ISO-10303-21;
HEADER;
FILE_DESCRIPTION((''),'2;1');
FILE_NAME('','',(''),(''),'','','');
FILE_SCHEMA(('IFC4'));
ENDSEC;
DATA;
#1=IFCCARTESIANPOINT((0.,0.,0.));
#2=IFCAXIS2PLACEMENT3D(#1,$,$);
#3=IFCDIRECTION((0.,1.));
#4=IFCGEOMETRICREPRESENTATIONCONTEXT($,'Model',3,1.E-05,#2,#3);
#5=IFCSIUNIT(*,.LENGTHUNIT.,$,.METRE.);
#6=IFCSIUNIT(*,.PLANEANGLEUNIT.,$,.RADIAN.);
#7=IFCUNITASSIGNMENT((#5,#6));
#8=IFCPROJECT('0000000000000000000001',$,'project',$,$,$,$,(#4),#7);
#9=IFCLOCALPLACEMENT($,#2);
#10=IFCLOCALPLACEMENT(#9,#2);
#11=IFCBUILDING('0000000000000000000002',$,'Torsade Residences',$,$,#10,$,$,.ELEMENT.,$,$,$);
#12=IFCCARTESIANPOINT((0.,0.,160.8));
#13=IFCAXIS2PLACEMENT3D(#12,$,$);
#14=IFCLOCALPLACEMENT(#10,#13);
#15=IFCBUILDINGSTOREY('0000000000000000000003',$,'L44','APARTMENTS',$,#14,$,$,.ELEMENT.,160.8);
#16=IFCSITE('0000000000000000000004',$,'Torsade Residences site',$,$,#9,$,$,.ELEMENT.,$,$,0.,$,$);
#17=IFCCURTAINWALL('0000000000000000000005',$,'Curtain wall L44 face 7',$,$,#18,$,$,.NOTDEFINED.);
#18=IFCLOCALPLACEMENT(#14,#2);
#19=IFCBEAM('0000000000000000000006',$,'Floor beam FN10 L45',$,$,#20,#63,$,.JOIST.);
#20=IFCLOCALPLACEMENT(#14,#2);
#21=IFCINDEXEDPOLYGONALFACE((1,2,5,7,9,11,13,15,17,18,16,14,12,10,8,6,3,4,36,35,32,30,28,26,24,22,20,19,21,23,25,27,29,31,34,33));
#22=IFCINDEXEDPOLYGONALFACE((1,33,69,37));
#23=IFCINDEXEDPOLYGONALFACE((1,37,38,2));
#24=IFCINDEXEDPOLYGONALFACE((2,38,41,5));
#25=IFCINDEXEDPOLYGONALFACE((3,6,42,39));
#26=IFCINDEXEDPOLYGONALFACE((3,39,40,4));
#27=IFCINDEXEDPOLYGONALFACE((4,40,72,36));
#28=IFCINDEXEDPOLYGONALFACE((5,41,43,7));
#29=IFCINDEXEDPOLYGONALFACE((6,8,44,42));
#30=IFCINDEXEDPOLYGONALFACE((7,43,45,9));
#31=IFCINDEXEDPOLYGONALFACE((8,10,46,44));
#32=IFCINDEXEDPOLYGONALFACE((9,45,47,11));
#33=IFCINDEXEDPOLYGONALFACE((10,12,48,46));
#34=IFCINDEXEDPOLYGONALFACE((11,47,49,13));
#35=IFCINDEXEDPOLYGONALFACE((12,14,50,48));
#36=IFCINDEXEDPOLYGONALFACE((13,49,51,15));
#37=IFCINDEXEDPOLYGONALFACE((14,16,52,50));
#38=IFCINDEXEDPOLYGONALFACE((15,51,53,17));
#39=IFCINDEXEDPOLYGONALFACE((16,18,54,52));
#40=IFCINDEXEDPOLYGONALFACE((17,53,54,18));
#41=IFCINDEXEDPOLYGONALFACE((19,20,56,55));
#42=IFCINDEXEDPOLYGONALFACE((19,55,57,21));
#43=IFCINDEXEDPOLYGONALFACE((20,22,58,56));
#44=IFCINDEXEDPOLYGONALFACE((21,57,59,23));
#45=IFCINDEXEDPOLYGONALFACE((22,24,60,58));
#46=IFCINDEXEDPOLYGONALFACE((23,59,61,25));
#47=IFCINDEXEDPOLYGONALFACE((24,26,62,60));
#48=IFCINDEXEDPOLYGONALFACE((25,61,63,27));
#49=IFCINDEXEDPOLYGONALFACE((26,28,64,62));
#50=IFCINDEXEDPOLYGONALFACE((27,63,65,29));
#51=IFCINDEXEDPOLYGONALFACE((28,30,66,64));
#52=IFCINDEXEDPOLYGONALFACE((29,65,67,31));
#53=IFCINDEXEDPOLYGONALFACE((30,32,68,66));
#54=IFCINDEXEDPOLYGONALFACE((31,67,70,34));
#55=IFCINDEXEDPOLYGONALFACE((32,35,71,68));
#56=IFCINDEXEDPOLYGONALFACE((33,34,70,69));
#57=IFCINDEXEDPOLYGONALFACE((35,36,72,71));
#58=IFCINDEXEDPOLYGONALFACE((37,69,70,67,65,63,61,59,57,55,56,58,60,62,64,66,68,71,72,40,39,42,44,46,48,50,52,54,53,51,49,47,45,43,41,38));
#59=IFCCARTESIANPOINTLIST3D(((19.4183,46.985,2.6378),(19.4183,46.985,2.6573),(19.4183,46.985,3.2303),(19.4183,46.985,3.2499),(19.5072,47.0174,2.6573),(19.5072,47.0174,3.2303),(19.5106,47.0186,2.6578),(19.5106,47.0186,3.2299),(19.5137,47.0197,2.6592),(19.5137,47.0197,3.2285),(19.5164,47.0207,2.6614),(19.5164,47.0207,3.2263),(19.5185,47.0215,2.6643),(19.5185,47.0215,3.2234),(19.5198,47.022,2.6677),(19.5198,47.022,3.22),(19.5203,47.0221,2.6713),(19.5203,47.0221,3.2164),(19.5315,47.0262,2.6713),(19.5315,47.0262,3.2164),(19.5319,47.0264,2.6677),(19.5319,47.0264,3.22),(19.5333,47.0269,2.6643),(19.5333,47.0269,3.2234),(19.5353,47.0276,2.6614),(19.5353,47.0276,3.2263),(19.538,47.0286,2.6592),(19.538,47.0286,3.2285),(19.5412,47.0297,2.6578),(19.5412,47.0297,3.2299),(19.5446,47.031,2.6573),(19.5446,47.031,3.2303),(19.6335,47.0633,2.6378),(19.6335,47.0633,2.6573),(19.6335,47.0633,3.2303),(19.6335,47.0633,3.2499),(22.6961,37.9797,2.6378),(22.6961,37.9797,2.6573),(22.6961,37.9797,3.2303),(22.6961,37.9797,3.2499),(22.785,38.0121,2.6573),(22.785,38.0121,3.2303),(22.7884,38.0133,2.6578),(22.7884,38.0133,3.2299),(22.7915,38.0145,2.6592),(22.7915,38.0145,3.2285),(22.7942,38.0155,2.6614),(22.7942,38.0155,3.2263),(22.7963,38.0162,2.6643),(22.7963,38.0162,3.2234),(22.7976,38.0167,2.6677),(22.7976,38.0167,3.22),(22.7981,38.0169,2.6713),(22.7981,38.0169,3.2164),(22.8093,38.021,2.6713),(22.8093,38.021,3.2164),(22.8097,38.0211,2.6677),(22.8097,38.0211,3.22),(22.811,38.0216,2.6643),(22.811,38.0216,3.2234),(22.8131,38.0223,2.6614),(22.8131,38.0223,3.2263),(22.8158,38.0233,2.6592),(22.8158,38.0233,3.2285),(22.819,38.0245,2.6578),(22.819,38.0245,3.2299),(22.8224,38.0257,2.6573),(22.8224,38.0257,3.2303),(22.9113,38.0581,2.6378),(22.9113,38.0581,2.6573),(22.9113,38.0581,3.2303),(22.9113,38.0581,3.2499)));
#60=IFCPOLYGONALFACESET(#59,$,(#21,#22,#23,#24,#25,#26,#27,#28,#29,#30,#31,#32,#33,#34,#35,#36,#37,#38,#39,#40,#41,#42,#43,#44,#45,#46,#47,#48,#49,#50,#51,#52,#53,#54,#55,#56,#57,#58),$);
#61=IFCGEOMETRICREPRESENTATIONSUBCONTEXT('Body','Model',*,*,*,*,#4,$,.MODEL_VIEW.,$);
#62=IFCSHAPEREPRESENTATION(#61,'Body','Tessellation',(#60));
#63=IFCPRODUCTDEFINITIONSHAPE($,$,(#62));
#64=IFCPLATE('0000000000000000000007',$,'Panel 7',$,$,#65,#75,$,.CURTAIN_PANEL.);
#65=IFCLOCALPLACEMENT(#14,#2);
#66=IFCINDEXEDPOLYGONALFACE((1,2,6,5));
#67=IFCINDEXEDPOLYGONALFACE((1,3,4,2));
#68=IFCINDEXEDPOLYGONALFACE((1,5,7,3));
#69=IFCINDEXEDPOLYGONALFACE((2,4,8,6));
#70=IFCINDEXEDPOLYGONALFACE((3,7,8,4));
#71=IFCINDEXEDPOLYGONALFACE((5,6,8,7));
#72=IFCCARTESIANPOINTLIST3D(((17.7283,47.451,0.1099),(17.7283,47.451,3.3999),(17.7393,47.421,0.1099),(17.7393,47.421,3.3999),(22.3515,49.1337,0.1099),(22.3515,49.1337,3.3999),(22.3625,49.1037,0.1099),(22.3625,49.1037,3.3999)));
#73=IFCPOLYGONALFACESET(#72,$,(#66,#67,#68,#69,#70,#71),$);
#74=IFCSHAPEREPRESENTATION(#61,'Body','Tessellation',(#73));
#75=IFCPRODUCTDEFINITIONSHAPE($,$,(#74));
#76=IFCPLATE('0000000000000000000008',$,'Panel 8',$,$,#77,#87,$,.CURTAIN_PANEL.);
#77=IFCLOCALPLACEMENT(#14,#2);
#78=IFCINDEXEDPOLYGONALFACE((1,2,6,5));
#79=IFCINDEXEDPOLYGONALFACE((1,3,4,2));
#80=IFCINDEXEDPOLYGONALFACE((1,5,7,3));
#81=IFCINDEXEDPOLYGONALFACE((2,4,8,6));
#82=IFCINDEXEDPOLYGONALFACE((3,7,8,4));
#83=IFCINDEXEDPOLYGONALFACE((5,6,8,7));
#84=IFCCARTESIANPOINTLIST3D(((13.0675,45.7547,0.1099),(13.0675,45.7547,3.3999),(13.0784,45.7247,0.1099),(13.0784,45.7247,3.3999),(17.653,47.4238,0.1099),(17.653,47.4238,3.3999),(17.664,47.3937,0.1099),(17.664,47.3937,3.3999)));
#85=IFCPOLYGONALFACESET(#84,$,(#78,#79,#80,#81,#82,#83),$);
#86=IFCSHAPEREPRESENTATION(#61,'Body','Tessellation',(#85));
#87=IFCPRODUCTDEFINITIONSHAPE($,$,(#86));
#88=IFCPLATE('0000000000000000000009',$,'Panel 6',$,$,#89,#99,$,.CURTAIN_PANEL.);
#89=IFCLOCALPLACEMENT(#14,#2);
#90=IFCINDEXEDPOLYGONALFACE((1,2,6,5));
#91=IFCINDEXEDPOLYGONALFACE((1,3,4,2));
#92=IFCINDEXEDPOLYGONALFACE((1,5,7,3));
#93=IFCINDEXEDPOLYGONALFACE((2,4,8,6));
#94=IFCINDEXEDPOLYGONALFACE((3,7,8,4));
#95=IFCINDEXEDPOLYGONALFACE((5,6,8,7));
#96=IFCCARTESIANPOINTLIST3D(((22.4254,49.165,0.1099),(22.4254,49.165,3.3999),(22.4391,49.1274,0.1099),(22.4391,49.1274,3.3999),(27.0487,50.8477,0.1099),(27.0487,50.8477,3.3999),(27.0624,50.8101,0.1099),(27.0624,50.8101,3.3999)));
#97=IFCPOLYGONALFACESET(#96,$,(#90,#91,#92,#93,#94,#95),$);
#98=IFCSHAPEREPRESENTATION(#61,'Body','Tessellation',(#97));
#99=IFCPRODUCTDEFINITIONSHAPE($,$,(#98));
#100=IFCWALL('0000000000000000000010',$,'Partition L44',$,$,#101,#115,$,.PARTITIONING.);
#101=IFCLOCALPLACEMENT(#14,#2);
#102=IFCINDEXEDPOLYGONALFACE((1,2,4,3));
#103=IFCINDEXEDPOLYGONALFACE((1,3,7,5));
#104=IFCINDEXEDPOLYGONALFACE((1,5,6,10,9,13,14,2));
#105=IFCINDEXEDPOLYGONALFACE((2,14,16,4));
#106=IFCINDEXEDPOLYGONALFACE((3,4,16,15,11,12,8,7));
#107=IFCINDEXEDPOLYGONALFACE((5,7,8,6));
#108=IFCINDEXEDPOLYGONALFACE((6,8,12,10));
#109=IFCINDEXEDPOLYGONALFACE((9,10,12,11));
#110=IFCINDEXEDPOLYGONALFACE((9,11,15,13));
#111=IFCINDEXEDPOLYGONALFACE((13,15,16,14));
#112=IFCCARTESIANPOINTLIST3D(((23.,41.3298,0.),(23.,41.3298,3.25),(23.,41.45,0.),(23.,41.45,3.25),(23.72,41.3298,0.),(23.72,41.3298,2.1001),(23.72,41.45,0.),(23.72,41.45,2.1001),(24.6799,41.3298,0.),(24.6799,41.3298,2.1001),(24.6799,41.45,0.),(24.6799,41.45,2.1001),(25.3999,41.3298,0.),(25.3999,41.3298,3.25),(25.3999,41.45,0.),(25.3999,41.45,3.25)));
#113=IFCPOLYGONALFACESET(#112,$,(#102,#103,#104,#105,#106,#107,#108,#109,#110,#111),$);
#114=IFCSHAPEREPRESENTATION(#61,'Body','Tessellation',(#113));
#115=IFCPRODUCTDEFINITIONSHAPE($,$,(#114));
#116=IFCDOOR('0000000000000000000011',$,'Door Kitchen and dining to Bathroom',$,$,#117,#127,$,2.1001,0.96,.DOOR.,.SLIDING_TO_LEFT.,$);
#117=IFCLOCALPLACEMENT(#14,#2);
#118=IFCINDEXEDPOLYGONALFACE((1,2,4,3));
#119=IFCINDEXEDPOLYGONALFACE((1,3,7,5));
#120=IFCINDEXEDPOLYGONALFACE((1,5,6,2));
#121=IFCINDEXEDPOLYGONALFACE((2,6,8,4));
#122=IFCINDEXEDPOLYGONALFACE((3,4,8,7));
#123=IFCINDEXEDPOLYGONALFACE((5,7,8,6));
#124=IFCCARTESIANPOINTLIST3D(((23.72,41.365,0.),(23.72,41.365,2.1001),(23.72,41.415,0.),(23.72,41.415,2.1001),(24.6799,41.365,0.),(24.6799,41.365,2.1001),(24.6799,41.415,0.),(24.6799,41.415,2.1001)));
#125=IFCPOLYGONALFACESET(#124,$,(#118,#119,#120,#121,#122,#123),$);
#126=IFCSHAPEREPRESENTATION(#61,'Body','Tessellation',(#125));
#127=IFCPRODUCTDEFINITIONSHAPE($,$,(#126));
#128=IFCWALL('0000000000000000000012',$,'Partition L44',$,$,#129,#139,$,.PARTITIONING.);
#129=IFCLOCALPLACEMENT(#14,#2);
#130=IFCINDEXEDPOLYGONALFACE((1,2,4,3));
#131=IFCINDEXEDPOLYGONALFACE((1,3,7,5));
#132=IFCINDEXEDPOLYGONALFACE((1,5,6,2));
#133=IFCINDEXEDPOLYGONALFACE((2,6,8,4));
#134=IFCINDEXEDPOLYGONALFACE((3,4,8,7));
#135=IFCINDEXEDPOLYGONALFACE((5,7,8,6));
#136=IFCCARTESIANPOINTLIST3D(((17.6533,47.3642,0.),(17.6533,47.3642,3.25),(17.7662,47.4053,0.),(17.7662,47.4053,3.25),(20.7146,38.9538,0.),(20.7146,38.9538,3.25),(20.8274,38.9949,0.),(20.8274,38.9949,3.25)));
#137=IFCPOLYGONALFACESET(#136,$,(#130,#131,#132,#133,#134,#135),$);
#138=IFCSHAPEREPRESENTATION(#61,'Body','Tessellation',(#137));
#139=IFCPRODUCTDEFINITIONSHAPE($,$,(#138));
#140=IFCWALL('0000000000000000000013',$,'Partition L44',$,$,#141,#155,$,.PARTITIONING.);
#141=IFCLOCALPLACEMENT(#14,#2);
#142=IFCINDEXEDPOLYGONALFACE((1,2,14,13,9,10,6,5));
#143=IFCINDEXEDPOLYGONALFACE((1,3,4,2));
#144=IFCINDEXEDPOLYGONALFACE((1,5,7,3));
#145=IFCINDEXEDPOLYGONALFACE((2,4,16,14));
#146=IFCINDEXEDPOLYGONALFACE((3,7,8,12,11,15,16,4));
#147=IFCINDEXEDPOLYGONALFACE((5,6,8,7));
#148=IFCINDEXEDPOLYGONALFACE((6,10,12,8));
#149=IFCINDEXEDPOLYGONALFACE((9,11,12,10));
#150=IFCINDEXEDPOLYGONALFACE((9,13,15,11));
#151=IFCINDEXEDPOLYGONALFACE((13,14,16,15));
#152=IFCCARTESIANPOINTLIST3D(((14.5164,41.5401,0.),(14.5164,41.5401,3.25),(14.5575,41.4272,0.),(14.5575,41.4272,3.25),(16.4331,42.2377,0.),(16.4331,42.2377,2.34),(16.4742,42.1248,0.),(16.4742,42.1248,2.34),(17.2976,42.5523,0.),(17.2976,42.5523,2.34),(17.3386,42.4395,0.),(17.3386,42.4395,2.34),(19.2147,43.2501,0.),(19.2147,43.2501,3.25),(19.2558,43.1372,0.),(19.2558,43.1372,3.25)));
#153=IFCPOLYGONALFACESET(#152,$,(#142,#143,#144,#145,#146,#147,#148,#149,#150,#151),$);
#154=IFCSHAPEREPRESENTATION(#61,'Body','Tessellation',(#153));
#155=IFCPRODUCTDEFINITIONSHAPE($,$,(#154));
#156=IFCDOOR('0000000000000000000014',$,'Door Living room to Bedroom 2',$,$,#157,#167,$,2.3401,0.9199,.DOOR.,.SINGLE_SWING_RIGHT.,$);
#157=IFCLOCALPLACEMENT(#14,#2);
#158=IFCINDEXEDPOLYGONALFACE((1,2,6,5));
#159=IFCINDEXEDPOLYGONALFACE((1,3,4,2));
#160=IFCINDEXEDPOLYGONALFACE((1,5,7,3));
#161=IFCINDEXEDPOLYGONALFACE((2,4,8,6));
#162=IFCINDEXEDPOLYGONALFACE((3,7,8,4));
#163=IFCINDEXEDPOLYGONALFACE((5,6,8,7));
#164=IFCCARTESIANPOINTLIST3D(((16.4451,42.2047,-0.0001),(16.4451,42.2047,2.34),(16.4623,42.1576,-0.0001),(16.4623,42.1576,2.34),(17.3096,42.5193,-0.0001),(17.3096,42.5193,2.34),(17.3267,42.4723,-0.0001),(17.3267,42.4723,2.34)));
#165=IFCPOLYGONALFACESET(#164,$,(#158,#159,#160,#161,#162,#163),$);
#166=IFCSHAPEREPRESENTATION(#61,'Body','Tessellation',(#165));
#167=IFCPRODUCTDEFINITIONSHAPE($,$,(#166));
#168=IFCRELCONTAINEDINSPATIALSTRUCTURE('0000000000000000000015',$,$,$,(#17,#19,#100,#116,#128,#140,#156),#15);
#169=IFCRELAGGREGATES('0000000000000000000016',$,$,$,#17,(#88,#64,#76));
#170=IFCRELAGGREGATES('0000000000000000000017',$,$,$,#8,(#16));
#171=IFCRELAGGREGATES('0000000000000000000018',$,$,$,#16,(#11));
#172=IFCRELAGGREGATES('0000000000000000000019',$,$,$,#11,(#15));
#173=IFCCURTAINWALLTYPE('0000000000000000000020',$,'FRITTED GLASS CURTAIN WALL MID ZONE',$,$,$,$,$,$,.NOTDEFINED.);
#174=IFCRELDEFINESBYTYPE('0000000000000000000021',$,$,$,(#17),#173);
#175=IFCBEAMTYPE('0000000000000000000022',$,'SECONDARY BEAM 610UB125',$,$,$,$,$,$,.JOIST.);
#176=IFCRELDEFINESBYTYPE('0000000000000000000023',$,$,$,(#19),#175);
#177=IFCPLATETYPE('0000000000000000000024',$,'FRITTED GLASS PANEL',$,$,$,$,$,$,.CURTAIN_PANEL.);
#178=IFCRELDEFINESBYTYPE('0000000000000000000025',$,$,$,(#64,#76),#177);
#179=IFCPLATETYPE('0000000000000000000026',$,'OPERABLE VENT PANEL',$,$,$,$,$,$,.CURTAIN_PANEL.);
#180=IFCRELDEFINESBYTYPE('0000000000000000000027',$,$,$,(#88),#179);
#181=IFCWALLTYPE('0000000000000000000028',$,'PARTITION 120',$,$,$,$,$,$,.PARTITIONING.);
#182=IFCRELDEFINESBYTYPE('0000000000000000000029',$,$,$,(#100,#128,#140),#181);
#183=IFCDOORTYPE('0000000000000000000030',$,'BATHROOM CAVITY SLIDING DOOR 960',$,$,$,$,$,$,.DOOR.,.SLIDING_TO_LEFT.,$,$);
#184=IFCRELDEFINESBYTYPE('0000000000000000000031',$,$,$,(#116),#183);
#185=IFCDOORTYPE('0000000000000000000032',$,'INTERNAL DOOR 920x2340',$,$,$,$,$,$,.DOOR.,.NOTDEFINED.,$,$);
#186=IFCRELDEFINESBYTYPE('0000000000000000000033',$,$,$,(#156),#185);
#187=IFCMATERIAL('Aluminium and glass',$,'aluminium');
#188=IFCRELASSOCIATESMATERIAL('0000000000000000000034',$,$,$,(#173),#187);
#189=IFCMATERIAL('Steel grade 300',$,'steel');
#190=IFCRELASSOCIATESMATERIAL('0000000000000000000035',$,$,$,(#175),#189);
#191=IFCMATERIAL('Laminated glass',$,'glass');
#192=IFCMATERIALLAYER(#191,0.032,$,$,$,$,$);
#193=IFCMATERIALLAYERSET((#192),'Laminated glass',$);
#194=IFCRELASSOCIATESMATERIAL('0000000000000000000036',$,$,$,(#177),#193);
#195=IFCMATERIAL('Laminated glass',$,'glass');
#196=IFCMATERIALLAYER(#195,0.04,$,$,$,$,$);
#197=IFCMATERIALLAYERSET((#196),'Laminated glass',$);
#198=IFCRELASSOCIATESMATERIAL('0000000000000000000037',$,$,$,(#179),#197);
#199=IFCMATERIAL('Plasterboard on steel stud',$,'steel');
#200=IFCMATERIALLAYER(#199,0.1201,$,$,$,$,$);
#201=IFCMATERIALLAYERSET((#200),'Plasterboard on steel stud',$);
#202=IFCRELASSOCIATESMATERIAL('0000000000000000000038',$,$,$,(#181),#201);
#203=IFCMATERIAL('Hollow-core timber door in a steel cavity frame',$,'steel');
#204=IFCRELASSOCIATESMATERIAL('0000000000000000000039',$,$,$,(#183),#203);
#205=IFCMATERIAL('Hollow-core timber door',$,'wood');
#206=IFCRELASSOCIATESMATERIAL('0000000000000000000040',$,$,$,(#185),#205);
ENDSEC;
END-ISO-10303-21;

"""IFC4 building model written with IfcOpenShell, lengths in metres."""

from ifc_helpers import new_model, si_unit, direction, frame, frame_2d, origin, origin_2d, place, context, subcontext, project, spatial, rectangle, i_section, extrude, material, layer, layer_set, material_profile, profile_set, type_object, element, fill, aggregate, save


model = new_model("IFC4")

# Units and contexts
model_context = context("Model", 3, precision=1e-05, world=origin(), true_north=direction((0.0, 1.0)))
body_context = subcontext(model_context, "Body", "Model", "MODEL_VIEW")
ifc_project = project(units=[si_unit("LENGTHUNIT", "METRE"), si_unit("PLANEANGLEUNIT", "RADIAN")], contexts=[model_context])

# Site, building, storey
site_placement = place(None, origin())
site = spatial("IfcSite", under=ifc_project, at=site_placement, Name="Torsade Residences site", CompositionType="ELEMENT", RefElevation=0.0)
building_placement = place(site_placement, origin())
building = spatial("IfcBuilding", under=site, at=building_placement, Name="Torsade Residences", CompositionType="ELEMENT")
storey_placement = place(building_placement, frame((0.0, 0.0, 160.8)))
storey = spatial("IfcBuildingStorey", under=building, at=storey_placement, Name="L44", Description="APARTMENTS", CompositionType="ELEMENT", Elevation=160.8)

# Curtain wall
ifc_material_1 = material(Name="Aluminium and glass", Category="aluminium")
curtain_wall_type = type_object("IfcCurtainWallType", Name="FRITTED GLASS CURTAIN WALL MID ZONE", PredefinedType="NOTDEFINED", material=ifc_material_1)
curtain_wall_placement = place(storey_placement, origin())
curtain_wall = element("IfcCurtainWall", 1, at=curtain_wall_placement, inside=storey, type_object=curtain_wall_type, Name="Curtain wall L44 face 7", PredefinedType="NOTDEFINED")

# Beam
ifc_material_2 = material(Name="Steel grade 300", Category="steel")
ifc_material_profile_1 = material_profile(ifc_material_2, i_section(OverallWidth=0.229, OverallDepth=0.6121, WebThickness=0.012, FlangeThickness=0.0195, FilletRadius=0.0139, at=origin_2d()), Name="610UB125")
ifc_profile_set_1 = profile_set([ifc_material_profile_1], Name="Steel grade 300")
beam_type_1 = type_object("IfcBeamType", Name="SECONDARY BEAM 610UB125", PredefinedType="JOIST", material=ifc_profile_set_1)
beam_1_placement = place(storey_placement, frame((19.5259, 47.0242, 2.9438), z_axis=(0.342034, -0.939688, 0.0), x_axis=(0.939688, 0.342034, 0.0)))
element("IfcBeam", 2, at=beam_1_placement, inside=storey, type_object=beam_type_1, Name="Floor beam FN10 L45", PredefinedType="JOIST", context=body_context, shape_type="SweptSolid", body=[
    extrude(i_section(OverallWidth=0.229, OverallDepth=0.6121, WebThickness=0.012, FlangeThickness=0.0195, FilletRadius=0.0139, at=origin_2d()), origin(), (0.0, 0.0, 1.0), 9.5833),
])

# Plates
ifc_material_3 = material(Name="Laminated glass", Category="glass")
ifc_layer_1 = layer(ifc_material_3, 0.032)
ifc_layer_set_1 = layer_set([ifc_layer_1], Name="Laminated glass")
plate_type_1 = type_object("IfcPlateType", Name="FRITTED GLASS PANEL", PredefinedType="CURTAIN_PANEL", material=ifc_layer_set_1)
plate_1_placement = place(storey_placement, frame((20.0454, 48.2773, 0.1099), z_axis=(0.0, 0.0, 1.0), x_axis=(-0.939693, -0.34202, 0.0)))
plate_1 = element("IfcPlate", 3, at=plate_1_placement, type_object=plate_type_1, Name="Panel 7", PredefinedType="CURTAIN_PANEL", context=body_context, shape_type="SweptSolid", body=[
    extrude(rectangle(XDim=4.9199, YDim=0.032, at=origin_2d()), origin(), (0.0, 0.0, 1.0), 3.29),
])
plate_2_placement = place(storey_placement, frame((15.3657, 46.5742, 0.1099), z_axis=(0.0, 0.0, 1.0), x_axis=(-0.939693, -0.34202, 0.0)))
plate_2 = element("IfcPlate", 4, at=plate_2_placement, type_object=plate_type_1, Name="Panel 8", PredefinedType="CURTAIN_PANEL", context=body_context, shape_type="SweptSolid", body=[
    extrude(rectangle(XDim=4.8799, YDim=0.032, at=origin_2d()), origin(), (0.0, 0.0, 1.0), 3.29),
])
ifc_material_4 = material(Name="Laminated glass", Category="glass")
ifc_layer_2 = layer(ifc_material_4, 0.04)
ifc_layer_set_2 = layer_set([ifc_layer_2], Name="Laminated glass")
plate_type_2 = type_object("IfcPlateType", Name="OPERABLE VENT PANEL", PredefinedType="CURTAIN_PANEL", material=ifc_layer_set_2)
plate_3_placement = place(storey_placement, frame((24.7439, 49.9875, 0.1099), z_axis=(0.0, 0.0, 1.0), x_axis=(-0.939693, -0.34202, 0.0)))
plate_3 = element("IfcPlate", 5, at=plate_3_placement, type_object=plate_type_2, Name="Panel 6", PredefinedType="CURTAIN_PANEL", context=body_context, shape_type="SweptSolid", body=[
    extrude(rectangle(XDim=4.9199, YDim=0.04, at=origin_2d()), origin(), (0.0, 0.0, 1.0), 3.29),
])
aggregate(curtain_wall, [plate_3, plate_1, plate_2])

# Wall, opening, door
ifc_material_5 = material(Name="Plasterboard on steel stud", Category="steel")
ifc_layer_3 = layer(ifc_material_5, 0.1201)
ifc_layer_set_3 = layer_set([ifc_layer_3], Name="Plasterboard on steel stud")
wall_type_1 = type_object("IfcWallType", Name="PARTITION 120", PredefinedType="PARTITIONING", material=ifc_layer_set_3)
wall_1_placement = place(storey_placement, frame((25.3999, 41.3899, 0.0), z_axis=(0.0, 0.0, 1.0), x_axis=(-1.0, 0.0, 0.0)))
wall_1 = element("IfcWall", 6, at=wall_1_placement, inside=storey, type_object=wall_type_1, Name="Partition L44", PredefinedType="PARTITIONING", context=body_context, shape_type="SweptSolid", body=[
    extrude(rectangle(XDim=2.3999, YDim=0.1201, at=frame_2d((1.2, 0.0))), origin(), (0.0, 0.0, 1.0), 3.25),
])
opening_1_placement = place(wall_1_placement, frame((0.72, 0.0, 0.0)))
opening_1 = element("IfcOpeningElement", 7, at=opening_1_placement, cuts=wall_1, PredefinedType="OPENING", context=body_context, shape_type="SweptSolid", body=[
    extrude(rectangle(XDim=0.96, YDim=2.1001, at=frame_2d((0.48, 1.05))), frame((0.0, 0.0701, 0.0), z_axis=(0.0, -1.0, 0.0), x_axis=(1.0, 0.0, 0.0)), (0.0, 0.0, 1.0), 0.1401),
])
ifc_material_6 = material(Name="Hollow-core timber door in a steel cavity frame", Category="steel")
door_type_1 = type_object("IfcDoorType", Name="BATHROOM CAVITY SLIDING DOOR 960", OperationType="SLIDING_TO_LEFT", PredefinedType="DOOR", material=ifc_material_6)
door_1_placement = place(opening_1_placement, origin())
door_1 = element("IfcDoor", 8, at=door_1_placement, inside=storey, type_object=door_type_1, Name="Door Kitchen and dining to Bathroom", OperationType="SLIDING_TO_LEFT", OverallHeight=2.1001, OverallWidth=0.96, PredefinedType="DOOR", context=body_context, shape_type="SweptSolid", body=[
    extrude(rectangle(XDim=0.96, YDim=2.1001, at=frame_2d((0.48, 1.05))), frame((0.0, 0.0249, 0.0), z_axis=(0.0, -1.0, 0.0), x_axis=(1.0, 0.0, 0.0)), (0.0, 0.0, 1.0), 0.05),
])
fill(opening_1, door_1)

# Wall
wall_2_placement = place(storey_placement, frame((17.7097, 47.3848, 0.0), z_axis=(0.0, 0.0, 1.0), x_axis=(0.342034, -0.939687, 0.0)))
element("IfcWall", 9, at=wall_2_placement, inside=storey, type_object=wall_type_1, Name="Partition L44", PredefinedType="PARTITIONING", context=body_context, shape_type="SweptSolid", body=[
    extrude(rectangle(XDim=8.9502, YDim=0.1201, at=frame_2d((4.4751, 0.0))), origin(), (0.0, 0.0, 1.0), 3.25),
])

# Wall, opening, door
wall_3_placement = place(storey_placement, frame((14.5369, 41.4836, 0.0), z_axis=(0.0, 0.0, 1.0), x_axis=(0.939696, 0.34201, 0.0)))
wall_3 = element("IfcWall", 10, at=wall_3_placement, inside=storey, type_object=wall_type_1, Name="Partition L44", PredefinedType="PARTITIONING", context=body_context, shape_type="SweptSolid", body=[
    extrude(rectangle(XDim=4.9998, YDim=0.1201, at=frame_2d((2.5, 0.0))), origin(), (0.0, 0.0, 1.0), 3.25),
])
opening_2_placement = place(wall_3_placement, frame((2.0398, 0.0, 0.0)))
opening_2 = element("IfcOpeningElement", 11, at=opening_2_placement, cuts=wall_3, PredefinedType="OPENING", context=body_context, shape_type="SweptSolid", body=[
    extrude(rectangle(XDim=0.9199, YDim=2.3401, at=frame_2d((0.46, 1.1699))), frame((0.0, 0.0701, 0.0), z_axis=(0.0, -1.0, 0.0), x_axis=(1.0, 0.0, 0.0)), (0.0, 0.0, 1.0), 0.1401),
])
ifc_material_7 = material(Name="Hollow-core timber door", Category="wood")
door_type_2 = type_object("IfcDoorType", Name="INTERNAL DOOR 920x2340", OperationType="NOTDEFINED", PredefinedType="DOOR", material=ifc_material_7)
door_2_placement = place(opening_2_placement, origin())
door_2 = element("IfcDoor", 12, at=door_2_placement, inside=storey, type_object=door_type_2, Name="Door Living room to Bedroom 2", OperationType="SINGLE_SWING_RIGHT", OverallHeight=2.3401, OverallWidth=0.9199, PredefinedType="DOOR", context=body_context, shape_type="SweptSolid", body=[
    extrude(rectangle(XDim=0.9199, YDim=2.3401, at=frame_2d((0.46, 1.1699))), frame((0.0, 0.0249, 0.0), z_axis=(0.0, -1.0, 0.0), x_axis=(1.0, 0.0, 0.0)), (0.0, 0.0, 1.0), 0.05),
])
fill(opening_2, door_2)

save(model, "model.ifc")
